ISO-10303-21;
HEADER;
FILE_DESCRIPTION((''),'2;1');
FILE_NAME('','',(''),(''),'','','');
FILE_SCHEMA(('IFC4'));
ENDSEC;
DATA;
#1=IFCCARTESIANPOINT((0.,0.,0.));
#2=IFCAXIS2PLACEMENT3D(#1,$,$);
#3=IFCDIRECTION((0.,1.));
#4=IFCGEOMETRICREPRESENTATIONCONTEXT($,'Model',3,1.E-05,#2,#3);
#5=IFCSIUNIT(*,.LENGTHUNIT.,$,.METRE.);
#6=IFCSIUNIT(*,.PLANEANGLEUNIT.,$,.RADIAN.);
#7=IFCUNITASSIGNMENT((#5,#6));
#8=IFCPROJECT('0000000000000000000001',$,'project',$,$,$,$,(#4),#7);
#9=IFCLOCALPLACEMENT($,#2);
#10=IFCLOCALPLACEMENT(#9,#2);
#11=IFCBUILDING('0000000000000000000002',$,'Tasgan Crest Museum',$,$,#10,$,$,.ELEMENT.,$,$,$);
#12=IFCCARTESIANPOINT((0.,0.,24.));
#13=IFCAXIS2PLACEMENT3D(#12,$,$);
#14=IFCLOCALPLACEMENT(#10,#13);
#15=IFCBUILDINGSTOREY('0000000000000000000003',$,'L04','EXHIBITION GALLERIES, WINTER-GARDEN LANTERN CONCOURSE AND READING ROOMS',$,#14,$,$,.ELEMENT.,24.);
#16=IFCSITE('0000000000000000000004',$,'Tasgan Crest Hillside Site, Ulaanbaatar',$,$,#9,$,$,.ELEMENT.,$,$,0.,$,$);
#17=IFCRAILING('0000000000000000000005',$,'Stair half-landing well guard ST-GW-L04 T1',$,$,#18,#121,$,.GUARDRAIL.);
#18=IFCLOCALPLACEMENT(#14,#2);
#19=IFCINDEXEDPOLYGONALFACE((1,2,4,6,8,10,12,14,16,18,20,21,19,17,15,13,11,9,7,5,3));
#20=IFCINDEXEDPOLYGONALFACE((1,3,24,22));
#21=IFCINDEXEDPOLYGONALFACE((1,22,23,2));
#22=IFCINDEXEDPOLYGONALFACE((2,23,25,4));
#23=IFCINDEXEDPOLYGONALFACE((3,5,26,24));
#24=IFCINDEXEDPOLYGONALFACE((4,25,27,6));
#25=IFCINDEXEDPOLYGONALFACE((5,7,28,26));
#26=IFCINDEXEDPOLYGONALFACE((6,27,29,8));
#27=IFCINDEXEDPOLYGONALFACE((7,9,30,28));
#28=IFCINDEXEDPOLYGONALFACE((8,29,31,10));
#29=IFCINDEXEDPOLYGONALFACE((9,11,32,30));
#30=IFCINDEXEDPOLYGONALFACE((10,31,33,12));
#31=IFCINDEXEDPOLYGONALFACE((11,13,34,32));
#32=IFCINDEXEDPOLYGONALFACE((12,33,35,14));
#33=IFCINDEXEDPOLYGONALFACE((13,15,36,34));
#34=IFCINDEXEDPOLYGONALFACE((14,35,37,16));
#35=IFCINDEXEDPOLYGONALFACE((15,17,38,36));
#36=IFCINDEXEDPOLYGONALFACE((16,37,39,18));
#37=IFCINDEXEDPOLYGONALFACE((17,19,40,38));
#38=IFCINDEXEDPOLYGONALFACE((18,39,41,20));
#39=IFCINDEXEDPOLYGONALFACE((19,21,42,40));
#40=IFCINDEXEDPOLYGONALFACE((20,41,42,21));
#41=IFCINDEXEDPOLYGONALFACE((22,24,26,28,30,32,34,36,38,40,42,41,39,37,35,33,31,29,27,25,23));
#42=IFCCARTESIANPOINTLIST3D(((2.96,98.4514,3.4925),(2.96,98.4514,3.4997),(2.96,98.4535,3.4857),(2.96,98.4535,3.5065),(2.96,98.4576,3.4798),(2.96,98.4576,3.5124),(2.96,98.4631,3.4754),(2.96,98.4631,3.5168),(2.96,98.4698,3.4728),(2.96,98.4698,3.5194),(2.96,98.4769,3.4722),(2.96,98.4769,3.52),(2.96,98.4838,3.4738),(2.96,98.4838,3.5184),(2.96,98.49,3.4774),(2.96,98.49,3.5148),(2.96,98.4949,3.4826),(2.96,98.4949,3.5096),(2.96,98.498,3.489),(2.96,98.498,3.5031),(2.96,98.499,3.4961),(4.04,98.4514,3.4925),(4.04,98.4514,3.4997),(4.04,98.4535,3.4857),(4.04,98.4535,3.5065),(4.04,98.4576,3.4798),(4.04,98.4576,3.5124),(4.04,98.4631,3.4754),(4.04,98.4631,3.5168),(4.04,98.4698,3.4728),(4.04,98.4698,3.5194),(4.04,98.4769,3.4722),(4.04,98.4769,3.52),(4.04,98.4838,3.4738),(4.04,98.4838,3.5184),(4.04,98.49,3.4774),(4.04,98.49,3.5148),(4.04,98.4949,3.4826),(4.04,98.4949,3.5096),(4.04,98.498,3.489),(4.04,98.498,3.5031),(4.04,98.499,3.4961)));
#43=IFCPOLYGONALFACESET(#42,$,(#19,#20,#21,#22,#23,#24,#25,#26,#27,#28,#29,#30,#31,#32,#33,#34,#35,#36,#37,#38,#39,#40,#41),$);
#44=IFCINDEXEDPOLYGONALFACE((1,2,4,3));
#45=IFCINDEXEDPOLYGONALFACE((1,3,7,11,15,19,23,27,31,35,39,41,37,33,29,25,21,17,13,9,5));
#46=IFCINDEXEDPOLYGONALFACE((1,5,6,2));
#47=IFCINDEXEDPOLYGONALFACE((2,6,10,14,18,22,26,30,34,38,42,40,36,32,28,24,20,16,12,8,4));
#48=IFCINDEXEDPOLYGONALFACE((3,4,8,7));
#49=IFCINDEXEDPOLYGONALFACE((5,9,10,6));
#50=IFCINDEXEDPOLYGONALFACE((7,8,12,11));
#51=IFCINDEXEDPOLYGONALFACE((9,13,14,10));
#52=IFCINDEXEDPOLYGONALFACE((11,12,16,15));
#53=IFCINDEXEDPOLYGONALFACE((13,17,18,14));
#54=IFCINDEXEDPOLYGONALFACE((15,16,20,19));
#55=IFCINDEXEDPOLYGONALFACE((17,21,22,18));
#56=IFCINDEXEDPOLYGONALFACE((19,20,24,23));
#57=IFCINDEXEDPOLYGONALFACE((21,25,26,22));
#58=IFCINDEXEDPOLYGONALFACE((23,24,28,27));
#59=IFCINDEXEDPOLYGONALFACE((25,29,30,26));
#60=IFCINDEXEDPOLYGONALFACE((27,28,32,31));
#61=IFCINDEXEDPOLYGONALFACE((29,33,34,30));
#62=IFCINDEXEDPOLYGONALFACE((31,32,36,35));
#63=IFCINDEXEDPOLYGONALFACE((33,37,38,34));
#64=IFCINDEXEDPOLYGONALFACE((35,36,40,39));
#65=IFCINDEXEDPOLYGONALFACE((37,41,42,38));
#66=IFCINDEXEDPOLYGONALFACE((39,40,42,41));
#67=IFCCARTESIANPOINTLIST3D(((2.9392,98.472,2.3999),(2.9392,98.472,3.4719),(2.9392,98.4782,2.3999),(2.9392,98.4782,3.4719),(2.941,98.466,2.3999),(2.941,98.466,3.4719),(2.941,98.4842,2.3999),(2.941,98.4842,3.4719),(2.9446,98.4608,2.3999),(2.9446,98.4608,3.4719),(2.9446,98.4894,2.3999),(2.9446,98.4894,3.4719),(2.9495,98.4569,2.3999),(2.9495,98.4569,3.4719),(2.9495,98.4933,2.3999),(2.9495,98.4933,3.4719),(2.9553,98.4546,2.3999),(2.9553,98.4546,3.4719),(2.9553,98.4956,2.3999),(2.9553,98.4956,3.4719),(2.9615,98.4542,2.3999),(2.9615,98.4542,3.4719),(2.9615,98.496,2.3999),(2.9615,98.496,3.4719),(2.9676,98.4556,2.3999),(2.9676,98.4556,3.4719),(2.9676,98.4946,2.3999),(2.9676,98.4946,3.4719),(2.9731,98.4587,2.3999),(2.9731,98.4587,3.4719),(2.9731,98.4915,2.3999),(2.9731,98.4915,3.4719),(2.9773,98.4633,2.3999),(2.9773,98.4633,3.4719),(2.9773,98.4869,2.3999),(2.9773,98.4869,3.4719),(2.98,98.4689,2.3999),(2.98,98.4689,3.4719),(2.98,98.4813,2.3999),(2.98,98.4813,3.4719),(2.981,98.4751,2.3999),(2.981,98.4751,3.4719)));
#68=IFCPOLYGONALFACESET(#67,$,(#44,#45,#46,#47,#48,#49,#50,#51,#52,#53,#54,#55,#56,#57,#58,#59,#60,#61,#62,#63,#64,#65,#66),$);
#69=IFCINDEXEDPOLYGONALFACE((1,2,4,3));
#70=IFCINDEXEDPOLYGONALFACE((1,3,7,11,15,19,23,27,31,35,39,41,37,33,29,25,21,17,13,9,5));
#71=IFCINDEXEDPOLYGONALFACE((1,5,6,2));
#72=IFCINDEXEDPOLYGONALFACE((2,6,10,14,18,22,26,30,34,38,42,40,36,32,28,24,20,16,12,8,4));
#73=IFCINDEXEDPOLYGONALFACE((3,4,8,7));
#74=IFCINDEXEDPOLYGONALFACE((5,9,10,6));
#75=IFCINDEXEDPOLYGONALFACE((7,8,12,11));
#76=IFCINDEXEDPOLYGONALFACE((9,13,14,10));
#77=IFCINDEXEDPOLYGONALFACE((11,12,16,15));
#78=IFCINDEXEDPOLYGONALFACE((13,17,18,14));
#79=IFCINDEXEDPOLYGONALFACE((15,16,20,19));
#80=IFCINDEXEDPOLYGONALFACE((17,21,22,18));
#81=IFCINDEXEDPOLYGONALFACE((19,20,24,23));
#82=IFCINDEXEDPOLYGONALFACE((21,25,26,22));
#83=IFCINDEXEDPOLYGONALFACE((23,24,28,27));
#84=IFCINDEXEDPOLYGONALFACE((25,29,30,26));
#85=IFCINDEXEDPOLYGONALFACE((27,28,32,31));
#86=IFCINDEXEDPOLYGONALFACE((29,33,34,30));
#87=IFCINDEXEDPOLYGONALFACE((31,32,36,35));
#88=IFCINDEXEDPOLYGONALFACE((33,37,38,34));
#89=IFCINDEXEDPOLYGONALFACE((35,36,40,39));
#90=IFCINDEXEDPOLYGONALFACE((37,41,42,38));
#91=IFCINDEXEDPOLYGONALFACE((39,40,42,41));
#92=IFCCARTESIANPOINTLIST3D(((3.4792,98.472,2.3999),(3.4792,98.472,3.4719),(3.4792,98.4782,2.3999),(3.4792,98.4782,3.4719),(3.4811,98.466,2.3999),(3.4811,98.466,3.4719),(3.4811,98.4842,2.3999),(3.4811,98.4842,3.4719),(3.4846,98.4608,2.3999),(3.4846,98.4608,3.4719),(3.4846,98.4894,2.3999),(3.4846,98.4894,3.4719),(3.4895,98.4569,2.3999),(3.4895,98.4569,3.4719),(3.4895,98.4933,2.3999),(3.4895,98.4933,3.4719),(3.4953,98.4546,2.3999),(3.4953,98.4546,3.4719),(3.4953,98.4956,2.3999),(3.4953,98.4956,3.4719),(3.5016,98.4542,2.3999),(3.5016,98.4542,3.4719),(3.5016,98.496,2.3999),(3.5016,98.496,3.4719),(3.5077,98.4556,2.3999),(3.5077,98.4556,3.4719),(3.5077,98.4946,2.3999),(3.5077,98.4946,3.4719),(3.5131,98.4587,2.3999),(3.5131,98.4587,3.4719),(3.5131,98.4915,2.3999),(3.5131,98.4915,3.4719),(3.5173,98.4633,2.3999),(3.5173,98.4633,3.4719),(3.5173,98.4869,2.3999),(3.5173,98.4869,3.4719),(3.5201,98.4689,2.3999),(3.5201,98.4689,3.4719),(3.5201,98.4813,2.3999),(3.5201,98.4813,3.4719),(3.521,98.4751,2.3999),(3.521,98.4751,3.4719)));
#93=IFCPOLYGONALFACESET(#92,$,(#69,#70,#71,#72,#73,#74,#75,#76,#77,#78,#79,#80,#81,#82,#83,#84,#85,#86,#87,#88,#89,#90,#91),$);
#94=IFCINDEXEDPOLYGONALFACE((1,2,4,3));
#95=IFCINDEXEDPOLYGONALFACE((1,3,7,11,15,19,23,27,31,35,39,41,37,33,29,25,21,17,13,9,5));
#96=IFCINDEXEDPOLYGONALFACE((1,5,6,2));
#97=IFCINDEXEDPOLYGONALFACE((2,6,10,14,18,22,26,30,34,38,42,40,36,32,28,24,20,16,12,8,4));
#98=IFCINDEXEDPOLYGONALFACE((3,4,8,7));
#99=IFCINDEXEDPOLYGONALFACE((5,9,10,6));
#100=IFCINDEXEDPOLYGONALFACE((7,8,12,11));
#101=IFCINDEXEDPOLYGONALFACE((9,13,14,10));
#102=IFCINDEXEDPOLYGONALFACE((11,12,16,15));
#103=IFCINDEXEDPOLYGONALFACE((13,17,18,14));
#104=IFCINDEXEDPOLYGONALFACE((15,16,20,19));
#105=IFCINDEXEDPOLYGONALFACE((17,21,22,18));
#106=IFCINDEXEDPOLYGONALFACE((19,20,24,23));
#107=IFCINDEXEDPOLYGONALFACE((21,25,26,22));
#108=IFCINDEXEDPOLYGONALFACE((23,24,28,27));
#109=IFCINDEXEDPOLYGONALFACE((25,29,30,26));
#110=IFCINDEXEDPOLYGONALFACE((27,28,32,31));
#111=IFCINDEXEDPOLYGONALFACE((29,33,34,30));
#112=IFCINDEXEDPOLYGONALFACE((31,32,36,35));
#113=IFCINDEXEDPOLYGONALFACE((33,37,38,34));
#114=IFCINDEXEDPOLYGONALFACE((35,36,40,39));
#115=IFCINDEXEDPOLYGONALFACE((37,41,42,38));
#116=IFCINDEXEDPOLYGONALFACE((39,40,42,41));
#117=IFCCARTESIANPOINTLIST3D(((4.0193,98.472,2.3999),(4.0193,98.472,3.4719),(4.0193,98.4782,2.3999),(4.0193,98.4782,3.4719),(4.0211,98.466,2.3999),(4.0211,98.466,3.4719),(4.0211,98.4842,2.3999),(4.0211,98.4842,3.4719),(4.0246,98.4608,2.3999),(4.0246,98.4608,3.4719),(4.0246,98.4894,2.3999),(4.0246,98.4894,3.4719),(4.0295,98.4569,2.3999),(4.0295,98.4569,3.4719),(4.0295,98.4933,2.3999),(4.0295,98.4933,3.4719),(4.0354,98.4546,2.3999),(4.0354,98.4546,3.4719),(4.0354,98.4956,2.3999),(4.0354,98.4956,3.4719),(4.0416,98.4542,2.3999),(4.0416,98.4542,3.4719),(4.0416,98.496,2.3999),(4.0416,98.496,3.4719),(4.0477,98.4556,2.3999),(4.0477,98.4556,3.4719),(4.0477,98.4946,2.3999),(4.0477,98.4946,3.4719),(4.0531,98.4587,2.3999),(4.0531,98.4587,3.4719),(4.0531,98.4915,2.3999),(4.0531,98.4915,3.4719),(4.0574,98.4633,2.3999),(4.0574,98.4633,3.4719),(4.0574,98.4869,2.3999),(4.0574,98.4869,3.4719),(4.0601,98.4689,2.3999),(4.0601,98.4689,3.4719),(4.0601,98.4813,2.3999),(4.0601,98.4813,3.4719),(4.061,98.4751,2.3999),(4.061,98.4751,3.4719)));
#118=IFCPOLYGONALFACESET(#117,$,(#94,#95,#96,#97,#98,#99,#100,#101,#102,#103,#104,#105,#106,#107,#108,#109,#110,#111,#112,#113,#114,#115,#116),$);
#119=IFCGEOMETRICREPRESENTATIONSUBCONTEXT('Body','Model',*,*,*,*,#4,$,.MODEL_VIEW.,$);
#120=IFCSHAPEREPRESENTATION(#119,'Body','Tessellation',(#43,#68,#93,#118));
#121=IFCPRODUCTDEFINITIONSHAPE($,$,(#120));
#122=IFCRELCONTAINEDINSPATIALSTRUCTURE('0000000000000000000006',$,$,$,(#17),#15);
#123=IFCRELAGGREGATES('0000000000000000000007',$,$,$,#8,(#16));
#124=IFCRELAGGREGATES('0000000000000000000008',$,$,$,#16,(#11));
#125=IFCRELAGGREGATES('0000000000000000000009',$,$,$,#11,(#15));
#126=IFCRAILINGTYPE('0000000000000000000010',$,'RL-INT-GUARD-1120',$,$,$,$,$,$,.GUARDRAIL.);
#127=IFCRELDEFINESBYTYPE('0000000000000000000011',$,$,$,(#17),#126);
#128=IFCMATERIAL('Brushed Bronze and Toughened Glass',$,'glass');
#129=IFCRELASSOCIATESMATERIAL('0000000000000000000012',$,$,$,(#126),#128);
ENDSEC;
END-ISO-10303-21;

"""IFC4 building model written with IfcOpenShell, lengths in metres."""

from ifc_helpers import new_model, si_unit, direction, frame, origin, origin_2d, place, context, subcontext, project, spatial, circle, extrude, material, type_object, element, save


model = new_model("IFC4")

# Units and contexts
model_context = context("Model", 3, precision=1e-05, world=origin(), true_north=direction((0.0, 1.0)))
body_context = subcontext(model_context, "Body", "Model", "MODEL_VIEW")
ifc_project = project(units=[si_unit("LENGTHUNIT", "METRE"), si_unit("PLANEANGLEUNIT", "RADIAN")], contexts=[model_context])

# Site, building, storey
site_placement = place(None, origin())
site = spatial("IfcSite", under=ifc_project, at=site_placement, Name="Tasgan Crest Hillside Site, Ulaanbaatar", CompositionType="ELEMENT", RefElevation=0.0)
building_placement = place(site_placement, origin())
building = spatial("IfcBuilding", under=site, at=building_placement, Name="Tasgan Crest Museum", CompositionType="ELEMENT")
storey_placement = place(building_placement, frame((0.0, 0.0, 24.0)))
storey = spatial("IfcBuildingStorey", under=building, at=storey_placement, Name="L04", Description="EXHIBITION GALLERIES, WINTER-GARDEN LANTERN CONCOURSE AND READING ROOMS", CompositionType="ELEMENT", Elevation=24.0)

# Railing
ifc_material_1 = material(Name="Brushed Bronze and Toughened Glass", Category="glass")
railing_type_1 = type_object("IfcRailingType", Name="RL-INT-GUARD-1120", PredefinedType="GUARDRAIL", material=ifc_material_1)
railing_1_placement = place(storey_placement, frame((2.96, 98.4751, 2.3999)))
element("IfcRailing", 1, at=railing_1_placement, inside=storey, type_object=railing_type_1, Name="Stair half-landing well guard ST-GW-L04 T1", PredefinedType="GUARDRAIL", context=body_context, shape_type="SweptSolid", body=[
    extrude(circle(Radius=0.0239, at=origin_2d()), frame((0.0, 0.0, 1.0962), z_axis=(1.0, 0.0, 0.0), x_axis=(0.0, 1.0, 0.0)), (0.0, 0.0, 1.0), 1.0801),
    extrude(circle(Radius=0.021, at=origin_2d()), origin(), (0.0, 0.0, 1.0), 1.072),
    extrude(circle(Radius=0.021, at=origin_2d()), frame((0.54, 0.0, 0.0)), (0.0, 0.0, 1.0), 1.072),
    extrude(circle(Radius=0.021, at=origin_2d()), frame((1.0801, 0.0, 0.0)), (0.0, 0.0, 1.0), 1.072),
])

save(model, "model.ifc")
